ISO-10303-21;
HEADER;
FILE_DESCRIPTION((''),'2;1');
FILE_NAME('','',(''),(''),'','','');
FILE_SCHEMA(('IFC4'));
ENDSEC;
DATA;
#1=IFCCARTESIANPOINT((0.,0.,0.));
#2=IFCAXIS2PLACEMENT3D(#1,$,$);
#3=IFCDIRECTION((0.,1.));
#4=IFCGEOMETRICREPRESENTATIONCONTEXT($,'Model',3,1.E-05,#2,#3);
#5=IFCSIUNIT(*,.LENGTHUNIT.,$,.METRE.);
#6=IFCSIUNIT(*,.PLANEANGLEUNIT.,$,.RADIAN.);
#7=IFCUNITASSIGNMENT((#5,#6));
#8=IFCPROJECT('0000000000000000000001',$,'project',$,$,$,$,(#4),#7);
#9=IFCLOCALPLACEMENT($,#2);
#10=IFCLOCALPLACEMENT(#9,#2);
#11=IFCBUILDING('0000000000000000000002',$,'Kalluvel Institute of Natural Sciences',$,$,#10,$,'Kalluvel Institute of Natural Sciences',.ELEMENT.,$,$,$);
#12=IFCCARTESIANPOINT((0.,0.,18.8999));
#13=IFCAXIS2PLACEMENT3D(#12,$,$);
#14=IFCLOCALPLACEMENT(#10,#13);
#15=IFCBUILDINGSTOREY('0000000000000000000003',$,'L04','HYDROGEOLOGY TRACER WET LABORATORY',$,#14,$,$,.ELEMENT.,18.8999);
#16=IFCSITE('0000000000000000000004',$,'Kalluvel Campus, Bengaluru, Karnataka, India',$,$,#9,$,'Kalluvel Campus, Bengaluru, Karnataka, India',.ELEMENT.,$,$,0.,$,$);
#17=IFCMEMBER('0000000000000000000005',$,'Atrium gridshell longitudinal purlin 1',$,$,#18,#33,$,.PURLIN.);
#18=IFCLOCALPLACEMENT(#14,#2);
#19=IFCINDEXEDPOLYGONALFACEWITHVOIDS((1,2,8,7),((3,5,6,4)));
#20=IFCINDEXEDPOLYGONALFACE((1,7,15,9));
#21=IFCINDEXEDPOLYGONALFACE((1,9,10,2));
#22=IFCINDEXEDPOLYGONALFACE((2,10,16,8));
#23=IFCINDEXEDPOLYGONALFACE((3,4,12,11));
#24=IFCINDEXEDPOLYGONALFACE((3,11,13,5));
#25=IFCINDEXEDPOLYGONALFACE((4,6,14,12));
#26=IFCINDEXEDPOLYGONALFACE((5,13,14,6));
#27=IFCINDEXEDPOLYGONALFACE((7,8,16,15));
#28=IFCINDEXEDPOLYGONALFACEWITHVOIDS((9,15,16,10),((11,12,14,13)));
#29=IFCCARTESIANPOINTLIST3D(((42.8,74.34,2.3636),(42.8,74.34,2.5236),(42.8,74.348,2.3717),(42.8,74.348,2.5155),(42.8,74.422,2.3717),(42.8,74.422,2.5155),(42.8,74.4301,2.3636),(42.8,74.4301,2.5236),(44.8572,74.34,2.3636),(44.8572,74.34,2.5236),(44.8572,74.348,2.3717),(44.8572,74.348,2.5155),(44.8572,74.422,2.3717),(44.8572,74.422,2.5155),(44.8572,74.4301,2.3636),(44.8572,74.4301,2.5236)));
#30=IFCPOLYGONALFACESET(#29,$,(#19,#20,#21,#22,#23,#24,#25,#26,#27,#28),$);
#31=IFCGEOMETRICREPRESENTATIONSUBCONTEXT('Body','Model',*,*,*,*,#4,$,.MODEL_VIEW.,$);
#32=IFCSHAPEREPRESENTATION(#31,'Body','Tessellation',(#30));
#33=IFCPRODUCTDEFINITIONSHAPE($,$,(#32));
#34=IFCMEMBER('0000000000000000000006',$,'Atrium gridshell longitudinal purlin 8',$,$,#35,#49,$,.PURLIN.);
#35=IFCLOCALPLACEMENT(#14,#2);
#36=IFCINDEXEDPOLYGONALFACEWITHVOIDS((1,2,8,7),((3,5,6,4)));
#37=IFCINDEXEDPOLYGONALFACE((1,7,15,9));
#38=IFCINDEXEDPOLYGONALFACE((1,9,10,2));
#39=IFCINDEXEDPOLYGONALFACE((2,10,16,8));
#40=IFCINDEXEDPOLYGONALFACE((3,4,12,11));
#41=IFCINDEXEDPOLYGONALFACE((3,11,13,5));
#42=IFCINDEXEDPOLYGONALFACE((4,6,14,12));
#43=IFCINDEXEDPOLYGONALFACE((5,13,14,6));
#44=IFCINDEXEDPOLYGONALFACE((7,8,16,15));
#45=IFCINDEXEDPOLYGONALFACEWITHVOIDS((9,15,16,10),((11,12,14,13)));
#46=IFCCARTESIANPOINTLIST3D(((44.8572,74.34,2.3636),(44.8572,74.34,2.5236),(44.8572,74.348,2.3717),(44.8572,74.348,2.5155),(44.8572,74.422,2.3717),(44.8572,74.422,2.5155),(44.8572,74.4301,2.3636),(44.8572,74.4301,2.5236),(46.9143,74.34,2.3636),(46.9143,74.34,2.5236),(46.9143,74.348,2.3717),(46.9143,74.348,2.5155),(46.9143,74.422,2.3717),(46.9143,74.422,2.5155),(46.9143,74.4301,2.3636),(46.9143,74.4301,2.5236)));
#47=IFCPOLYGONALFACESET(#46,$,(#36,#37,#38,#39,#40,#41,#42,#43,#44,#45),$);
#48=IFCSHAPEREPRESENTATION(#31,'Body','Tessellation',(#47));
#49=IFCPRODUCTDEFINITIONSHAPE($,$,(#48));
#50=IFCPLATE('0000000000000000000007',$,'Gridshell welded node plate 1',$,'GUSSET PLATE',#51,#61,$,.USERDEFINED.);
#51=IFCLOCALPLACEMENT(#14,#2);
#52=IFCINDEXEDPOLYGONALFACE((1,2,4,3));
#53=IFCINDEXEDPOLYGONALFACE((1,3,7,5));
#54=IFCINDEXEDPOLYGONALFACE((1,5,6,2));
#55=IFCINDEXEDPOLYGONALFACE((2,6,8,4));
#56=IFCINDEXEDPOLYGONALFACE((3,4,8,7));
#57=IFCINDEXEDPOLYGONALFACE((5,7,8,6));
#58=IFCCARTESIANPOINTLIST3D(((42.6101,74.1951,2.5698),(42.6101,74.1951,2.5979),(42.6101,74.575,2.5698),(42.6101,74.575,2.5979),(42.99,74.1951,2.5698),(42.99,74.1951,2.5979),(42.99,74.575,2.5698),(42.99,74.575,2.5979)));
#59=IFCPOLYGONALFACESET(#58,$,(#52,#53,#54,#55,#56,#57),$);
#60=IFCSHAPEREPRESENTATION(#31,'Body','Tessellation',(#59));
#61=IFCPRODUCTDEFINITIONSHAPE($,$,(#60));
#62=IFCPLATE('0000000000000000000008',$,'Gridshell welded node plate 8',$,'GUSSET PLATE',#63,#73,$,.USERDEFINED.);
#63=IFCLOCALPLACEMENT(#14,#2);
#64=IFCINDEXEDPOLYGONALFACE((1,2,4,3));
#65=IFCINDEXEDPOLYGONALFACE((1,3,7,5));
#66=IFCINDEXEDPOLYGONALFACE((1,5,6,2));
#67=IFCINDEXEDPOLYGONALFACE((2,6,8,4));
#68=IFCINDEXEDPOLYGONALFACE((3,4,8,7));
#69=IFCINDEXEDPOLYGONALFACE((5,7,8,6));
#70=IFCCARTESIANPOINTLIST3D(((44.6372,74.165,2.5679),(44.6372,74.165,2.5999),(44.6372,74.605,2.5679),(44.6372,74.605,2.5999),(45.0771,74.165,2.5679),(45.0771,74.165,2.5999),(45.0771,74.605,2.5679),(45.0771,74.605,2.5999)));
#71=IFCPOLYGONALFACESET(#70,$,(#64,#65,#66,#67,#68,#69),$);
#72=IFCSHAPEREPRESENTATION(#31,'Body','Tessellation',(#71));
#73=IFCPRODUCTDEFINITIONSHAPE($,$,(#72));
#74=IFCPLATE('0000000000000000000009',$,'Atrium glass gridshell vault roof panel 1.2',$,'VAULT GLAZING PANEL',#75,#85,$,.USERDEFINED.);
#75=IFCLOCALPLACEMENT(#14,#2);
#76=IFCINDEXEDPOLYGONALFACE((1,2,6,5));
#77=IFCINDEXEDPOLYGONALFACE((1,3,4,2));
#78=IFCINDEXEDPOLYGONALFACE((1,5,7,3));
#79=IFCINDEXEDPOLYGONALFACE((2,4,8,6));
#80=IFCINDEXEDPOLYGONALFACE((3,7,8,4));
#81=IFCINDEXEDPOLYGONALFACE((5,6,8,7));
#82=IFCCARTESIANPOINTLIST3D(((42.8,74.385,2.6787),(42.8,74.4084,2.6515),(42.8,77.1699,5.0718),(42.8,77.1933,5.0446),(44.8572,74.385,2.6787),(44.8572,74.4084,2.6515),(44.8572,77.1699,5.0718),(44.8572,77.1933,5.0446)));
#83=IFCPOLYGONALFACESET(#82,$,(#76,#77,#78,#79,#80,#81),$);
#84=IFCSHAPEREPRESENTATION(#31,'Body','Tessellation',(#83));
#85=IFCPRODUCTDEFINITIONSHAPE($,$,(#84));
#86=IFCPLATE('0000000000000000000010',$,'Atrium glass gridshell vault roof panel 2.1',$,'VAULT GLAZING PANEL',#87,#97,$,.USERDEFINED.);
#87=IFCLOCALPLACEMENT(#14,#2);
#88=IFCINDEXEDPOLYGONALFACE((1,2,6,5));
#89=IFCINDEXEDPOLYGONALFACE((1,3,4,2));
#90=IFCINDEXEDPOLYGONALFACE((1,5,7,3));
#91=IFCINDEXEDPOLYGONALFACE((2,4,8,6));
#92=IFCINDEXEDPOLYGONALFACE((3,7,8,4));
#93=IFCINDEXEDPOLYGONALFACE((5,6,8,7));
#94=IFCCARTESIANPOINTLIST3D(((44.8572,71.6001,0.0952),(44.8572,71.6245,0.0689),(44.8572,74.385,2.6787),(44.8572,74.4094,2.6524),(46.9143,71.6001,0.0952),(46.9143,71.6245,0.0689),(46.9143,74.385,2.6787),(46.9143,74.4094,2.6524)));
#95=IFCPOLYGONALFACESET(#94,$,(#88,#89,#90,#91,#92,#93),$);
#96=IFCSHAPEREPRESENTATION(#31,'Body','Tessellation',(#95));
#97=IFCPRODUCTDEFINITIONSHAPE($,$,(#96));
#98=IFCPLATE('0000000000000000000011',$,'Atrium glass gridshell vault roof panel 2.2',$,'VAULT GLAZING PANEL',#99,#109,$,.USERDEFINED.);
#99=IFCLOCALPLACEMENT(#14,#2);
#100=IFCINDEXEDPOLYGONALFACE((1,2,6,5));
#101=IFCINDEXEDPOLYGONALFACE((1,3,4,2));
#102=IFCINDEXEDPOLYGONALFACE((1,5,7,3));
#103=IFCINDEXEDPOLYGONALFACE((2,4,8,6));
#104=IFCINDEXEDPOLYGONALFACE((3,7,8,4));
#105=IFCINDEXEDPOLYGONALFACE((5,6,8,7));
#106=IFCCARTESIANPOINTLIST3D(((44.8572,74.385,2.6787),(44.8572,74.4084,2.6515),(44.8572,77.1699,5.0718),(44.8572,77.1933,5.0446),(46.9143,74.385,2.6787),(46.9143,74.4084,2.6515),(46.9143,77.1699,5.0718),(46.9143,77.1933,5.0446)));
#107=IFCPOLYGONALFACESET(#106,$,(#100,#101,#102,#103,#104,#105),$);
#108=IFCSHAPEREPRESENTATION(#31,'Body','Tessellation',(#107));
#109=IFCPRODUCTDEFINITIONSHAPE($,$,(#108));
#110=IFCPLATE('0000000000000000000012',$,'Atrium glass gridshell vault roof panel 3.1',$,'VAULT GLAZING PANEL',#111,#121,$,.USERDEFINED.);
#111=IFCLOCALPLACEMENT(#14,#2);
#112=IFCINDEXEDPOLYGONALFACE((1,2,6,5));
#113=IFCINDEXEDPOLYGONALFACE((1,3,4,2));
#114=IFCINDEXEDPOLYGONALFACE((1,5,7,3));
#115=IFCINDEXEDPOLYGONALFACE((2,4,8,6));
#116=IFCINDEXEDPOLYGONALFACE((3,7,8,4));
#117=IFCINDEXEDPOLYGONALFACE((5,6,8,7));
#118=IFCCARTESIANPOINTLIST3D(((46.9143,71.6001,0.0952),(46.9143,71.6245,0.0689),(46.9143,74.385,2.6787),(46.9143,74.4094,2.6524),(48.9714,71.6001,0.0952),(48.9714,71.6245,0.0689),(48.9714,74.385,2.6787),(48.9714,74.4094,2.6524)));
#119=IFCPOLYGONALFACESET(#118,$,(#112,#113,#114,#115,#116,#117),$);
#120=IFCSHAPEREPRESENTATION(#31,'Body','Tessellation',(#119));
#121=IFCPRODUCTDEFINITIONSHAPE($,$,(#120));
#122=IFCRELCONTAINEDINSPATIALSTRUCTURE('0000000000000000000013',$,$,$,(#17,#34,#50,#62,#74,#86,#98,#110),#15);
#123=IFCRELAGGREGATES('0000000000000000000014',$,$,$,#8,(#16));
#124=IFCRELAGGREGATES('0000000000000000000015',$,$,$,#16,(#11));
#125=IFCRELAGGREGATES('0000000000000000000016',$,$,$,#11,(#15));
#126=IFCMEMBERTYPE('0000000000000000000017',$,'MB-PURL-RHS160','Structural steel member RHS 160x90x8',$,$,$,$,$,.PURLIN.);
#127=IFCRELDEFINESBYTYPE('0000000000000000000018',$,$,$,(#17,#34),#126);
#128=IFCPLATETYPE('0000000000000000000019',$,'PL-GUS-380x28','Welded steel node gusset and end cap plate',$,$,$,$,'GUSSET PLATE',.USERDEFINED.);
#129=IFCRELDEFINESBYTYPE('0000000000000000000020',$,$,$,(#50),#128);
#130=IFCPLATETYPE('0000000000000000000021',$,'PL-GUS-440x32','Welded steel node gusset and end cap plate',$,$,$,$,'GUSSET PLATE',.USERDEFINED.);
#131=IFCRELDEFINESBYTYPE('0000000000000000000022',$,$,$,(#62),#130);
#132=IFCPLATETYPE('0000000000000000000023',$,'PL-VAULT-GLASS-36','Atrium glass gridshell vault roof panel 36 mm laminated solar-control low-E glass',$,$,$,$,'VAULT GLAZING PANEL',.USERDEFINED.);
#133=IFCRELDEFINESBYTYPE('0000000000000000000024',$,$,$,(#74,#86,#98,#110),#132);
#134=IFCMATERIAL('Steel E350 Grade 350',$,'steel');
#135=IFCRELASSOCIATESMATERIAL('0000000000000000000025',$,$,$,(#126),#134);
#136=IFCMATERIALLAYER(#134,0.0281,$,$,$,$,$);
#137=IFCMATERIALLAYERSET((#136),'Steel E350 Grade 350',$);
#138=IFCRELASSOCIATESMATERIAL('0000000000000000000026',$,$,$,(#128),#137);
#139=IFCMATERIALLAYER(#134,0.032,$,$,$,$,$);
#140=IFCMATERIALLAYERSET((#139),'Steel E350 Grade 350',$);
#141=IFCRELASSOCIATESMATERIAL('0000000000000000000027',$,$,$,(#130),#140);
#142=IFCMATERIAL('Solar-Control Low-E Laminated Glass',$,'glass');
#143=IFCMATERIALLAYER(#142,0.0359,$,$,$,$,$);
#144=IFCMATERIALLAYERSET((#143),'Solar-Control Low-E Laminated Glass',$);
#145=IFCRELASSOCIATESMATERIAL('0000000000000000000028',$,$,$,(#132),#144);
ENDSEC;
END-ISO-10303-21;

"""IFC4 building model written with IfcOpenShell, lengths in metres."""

from ifc_helpers import new_model, si_unit, direction, frame, origin, origin_2d, place, context, subcontext, project, spatial, polyline, rectangle, hollow_rectangle, outline, extrude, material, layer, layer_set, material_profile, profile_set, type_object, element, save


model = new_model("IFC4")

# Units and contexts
model_context = context("Model", 3, precision=1e-05, world=origin(), true_north=direction((0.0, 1.0)))
body_context = subcontext(model_context, "Body", "Model", "MODEL_VIEW")
ifc_project = project(units=[si_unit("LENGTHUNIT", "METRE"), si_unit("PLANEANGLEUNIT", "RADIAN")], contexts=[model_context])

# Site, building, storey
site_placement = place(None, origin())
site = spatial("IfcSite", under=ifc_project, at=site_placement, Name="Kalluvel Campus, Bengaluru, Karnataka, India", LongName="Kalluvel Campus, Bengaluru, Karnataka, India", CompositionType="ELEMENT", RefElevation=0.0)
building_placement = place(site_placement, origin())
building = spatial("IfcBuilding", under=site, at=building_placement, Name="Kalluvel Institute of Natural Sciences", LongName="Kalluvel Institute of Natural Sciences", CompositionType="ELEMENT")
storey_placement = place(building_placement, frame((0.0, 0.0, 18.8999)))
storey = spatial("IfcBuildingStorey", under=building, at=storey_placement, Name="L04", Description="HYDROGEOLOGY TRACER WET LABORATORY", CompositionType="ELEMENT", Elevation=18.8999)

# Members
ifc_material_1 = material(Name="Steel E350 Grade 350", Category="steel")
ifc_material_profile_1 = material_profile(ifc_material_1, hollow_rectangle(XDim=0.0901, YDim=0.1599, WallThickness=0.0081, at=origin_2d()), Name="RHS 160x90x8")
ifc_profile_set_1 = profile_set([ifc_material_profile_1], Name="Steel E350 Grade 350")
member_type_1 = type_object("IfcMemberType", Name="MB-PURL-RHS160", Description="Structural steel member RHS 160x90x8", PredefinedType="PURLIN", material=ifc_profile_set_1)
for number, where, z_axis, x_axis, name in (
    (1, (42.8, 74.385, 2.4436), (1.0, 0.0, 0.0), (0.0, 1.0, 0.0), "Atrium gridshell longitudinal purlin 1"),
    (2, (44.8572, 74.385, 2.4436), (1.0, 0.0, 0.0), (0.0, 1.0, 0.0), "Atrium gridshell longitudinal purlin 8"),
):
    element("IfcMember", number, at=place(storey_placement, frame(where, z_axis=z_axis, x_axis=x_axis)), inside=storey, type_object=member_type_1, Name=name, PredefinedType="PURLIN", context=body_context, shape_type="SweptSolid", body=[
        extrude(hollow_rectangle(XDim=0.0901, YDim=0.1599, WallThickness=0.0081, at=origin_2d()), origin(), (0.0, 0.0, 1.0), 2.0571),
    ])

# Plates
ifc_layer_1 = layer(ifc_material_1, 0.0281)
ifc_layer_set_1 = layer_set([ifc_layer_1], Name="Steel E350 Grade 350")
plate_type_1 = type_object("IfcPlateType", Name="PL-GUS-380x28", Description="Welded steel node gusset and end cap plate", ElementType="GUSSET PLATE", PredefinedType="USERDEFINED", material=ifc_layer_set_1)
plate_1_placement = place(storey_placement, frame((42.8, 74.385, 2.5698), z_axis=(0.0, 0.0, 1.0), x_axis=(1.0, 0.0, 0.0)))
element("IfcPlate", 3, at=plate_1_placement, inside=storey, type_object=plate_type_1, Name="Gridshell welded node plate 1", ObjectType="GUSSET PLATE", PredefinedType="USERDEFINED", context=body_context, shape_type="SweptSolid", body=[
    extrude(rectangle(XDim=0.3799, YDim=0.3799, at=origin_2d()), origin(), (0.0, 0.0, 1.0), 0.0281),
])
ifc_layer_2 = layer(ifc_material_1, 0.032)
ifc_layer_set_2 = layer_set([ifc_layer_2], Name="Steel E350 Grade 350")
plate_type_2 = type_object("IfcPlateType", Name="PL-GUS-440x32", Description="Welded steel node gusset and end cap plate", ElementType="GUSSET PLATE", PredefinedType="USERDEFINED", material=ifc_layer_set_2)
plate_2_placement = place(storey_placement, frame((44.8572, 74.385, 2.5679), z_axis=(0.0, 0.0, 1.0), x_axis=(1.0, 0.0, 0.0)))
element("IfcPlate", 4, at=plate_2_placement, inside=storey, type_object=plate_type_2, Name="Gridshell welded node plate 8", ObjectType="GUSSET PLATE", PredefinedType="USERDEFINED", context=body_context, shape_type="SweptSolid", body=[
    extrude(rectangle(XDim=0.4399, YDim=0.4399, at=origin_2d()), origin(), (0.0, 0.0, 1.0), 0.032),
])
ifc_material_2 = material(Name="Solar-Control Low-E Laminated Glass", Category="glass")
ifc_layer_3 = layer(ifc_material_2, 0.0359)
ifc_layer_set_3 = layer_set([ifc_layer_3], Name="Solar-Control Low-E Laminated Glass")
plate_type_3 = type_object("IfcPlateType", Name="PL-VAULT-GLASS-36", Description="Atrium glass gridshell vault roof panel 36 mm laminated solar-control low-E glass", ElementType="VAULT GLAZING PANEL", PredefinedType="USERDEFINED", material=ifc_layer_set_3)
plate_3_placement = place(storey_placement, frame((42.8, 74.385, 2.6787), z_axis=(0.0, -0.651733, 0.758449), x_axis=(1.0, 0.0, 0.0)))
element("IfcPlate", 5, at=plate_3_placement, inside=storey, type_object=plate_type_3, Name="Atrium glass gridshell vault roof panel 1.2", ObjectType="VAULT GLAZING PANEL", PredefinedType="USERDEFINED", context=body_context, shape_type="SweptSolid", body=[
    extrude(outline(polyline([(0.0, 0.0), (2.0571, 0.0), (2.0571, 3.6719), (0.0, 3.6719), (0.0, 0.0)])), origin(), (0.0, 0.0, -1.0), 0.0359),
])
plate_4_placement = place(storey_placement, frame((44.8572, 71.6001, 0.0952), z_axis=(0.0, -0.680099, 0.733121), x_axis=(1.0, 0.0, 0.0)))
element("IfcPlate", 6, at=plate_4_placement, inside=storey, type_object=plate_type_3, Name="Atrium glass gridshell vault roof panel 2.1", ObjectType="VAULT GLAZING PANEL", PredefinedType="USERDEFINED", context=body_context, shape_type="SweptSolid", body=[
    extrude(outline(polyline([(0.0, 0.0), (2.0571, 0.0), (2.0571, 3.7987), (0.0, 3.7987), (0.0, 0.0)])), origin(), (0.0, 0.0, -1.0), 0.0359),
])
plate_5_placement = place(storey_placement, frame((44.8572, 74.385, 2.6787), z_axis=(0.0, -0.651733, 0.758449), x_axis=(1.0, 0.0, 0.0)))
element("IfcPlate", 7, at=plate_5_placement, inside=storey, type_object=plate_type_3, Name="Atrium glass gridshell vault roof panel 2.2", ObjectType="VAULT GLAZING PANEL", PredefinedType="USERDEFINED", context=body_context, shape_type="SweptSolid", body=[
    extrude(outline(polyline([(0.0, 0.0), (2.0571, 0.0), (2.0571, 3.6719), (0.0, 3.6719), (0.0, 0.0)])), origin(), (0.0, 0.0, -1.0), 0.0359),
])
plate_6_placement = place(storey_placement, frame((46.9143, 71.6001, 0.0952), z_axis=(0.0, -0.680099, 0.733121), x_axis=(1.0, 0.0, 0.0)))
element("IfcPlate", 8, at=plate_6_placement, inside=storey, type_object=plate_type_3, Name="Atrium glass gridshell vault roof panel 3.1", ObjectType="VAULT GLAZING PANEL", PredefinedType="USERDEFINED", context=body_context, shape_type="SweptSolid", body=[
    extrude(outline(polyline([(0.0, 0.0), (2.0571, 0.0), (2.0571, 3.7987), (0.0, 3.7987), (0.0, 0.0)])), origin(), (0.0, 0.0, -1.0), 0.0359),
])

save(model, "model.ifc")
